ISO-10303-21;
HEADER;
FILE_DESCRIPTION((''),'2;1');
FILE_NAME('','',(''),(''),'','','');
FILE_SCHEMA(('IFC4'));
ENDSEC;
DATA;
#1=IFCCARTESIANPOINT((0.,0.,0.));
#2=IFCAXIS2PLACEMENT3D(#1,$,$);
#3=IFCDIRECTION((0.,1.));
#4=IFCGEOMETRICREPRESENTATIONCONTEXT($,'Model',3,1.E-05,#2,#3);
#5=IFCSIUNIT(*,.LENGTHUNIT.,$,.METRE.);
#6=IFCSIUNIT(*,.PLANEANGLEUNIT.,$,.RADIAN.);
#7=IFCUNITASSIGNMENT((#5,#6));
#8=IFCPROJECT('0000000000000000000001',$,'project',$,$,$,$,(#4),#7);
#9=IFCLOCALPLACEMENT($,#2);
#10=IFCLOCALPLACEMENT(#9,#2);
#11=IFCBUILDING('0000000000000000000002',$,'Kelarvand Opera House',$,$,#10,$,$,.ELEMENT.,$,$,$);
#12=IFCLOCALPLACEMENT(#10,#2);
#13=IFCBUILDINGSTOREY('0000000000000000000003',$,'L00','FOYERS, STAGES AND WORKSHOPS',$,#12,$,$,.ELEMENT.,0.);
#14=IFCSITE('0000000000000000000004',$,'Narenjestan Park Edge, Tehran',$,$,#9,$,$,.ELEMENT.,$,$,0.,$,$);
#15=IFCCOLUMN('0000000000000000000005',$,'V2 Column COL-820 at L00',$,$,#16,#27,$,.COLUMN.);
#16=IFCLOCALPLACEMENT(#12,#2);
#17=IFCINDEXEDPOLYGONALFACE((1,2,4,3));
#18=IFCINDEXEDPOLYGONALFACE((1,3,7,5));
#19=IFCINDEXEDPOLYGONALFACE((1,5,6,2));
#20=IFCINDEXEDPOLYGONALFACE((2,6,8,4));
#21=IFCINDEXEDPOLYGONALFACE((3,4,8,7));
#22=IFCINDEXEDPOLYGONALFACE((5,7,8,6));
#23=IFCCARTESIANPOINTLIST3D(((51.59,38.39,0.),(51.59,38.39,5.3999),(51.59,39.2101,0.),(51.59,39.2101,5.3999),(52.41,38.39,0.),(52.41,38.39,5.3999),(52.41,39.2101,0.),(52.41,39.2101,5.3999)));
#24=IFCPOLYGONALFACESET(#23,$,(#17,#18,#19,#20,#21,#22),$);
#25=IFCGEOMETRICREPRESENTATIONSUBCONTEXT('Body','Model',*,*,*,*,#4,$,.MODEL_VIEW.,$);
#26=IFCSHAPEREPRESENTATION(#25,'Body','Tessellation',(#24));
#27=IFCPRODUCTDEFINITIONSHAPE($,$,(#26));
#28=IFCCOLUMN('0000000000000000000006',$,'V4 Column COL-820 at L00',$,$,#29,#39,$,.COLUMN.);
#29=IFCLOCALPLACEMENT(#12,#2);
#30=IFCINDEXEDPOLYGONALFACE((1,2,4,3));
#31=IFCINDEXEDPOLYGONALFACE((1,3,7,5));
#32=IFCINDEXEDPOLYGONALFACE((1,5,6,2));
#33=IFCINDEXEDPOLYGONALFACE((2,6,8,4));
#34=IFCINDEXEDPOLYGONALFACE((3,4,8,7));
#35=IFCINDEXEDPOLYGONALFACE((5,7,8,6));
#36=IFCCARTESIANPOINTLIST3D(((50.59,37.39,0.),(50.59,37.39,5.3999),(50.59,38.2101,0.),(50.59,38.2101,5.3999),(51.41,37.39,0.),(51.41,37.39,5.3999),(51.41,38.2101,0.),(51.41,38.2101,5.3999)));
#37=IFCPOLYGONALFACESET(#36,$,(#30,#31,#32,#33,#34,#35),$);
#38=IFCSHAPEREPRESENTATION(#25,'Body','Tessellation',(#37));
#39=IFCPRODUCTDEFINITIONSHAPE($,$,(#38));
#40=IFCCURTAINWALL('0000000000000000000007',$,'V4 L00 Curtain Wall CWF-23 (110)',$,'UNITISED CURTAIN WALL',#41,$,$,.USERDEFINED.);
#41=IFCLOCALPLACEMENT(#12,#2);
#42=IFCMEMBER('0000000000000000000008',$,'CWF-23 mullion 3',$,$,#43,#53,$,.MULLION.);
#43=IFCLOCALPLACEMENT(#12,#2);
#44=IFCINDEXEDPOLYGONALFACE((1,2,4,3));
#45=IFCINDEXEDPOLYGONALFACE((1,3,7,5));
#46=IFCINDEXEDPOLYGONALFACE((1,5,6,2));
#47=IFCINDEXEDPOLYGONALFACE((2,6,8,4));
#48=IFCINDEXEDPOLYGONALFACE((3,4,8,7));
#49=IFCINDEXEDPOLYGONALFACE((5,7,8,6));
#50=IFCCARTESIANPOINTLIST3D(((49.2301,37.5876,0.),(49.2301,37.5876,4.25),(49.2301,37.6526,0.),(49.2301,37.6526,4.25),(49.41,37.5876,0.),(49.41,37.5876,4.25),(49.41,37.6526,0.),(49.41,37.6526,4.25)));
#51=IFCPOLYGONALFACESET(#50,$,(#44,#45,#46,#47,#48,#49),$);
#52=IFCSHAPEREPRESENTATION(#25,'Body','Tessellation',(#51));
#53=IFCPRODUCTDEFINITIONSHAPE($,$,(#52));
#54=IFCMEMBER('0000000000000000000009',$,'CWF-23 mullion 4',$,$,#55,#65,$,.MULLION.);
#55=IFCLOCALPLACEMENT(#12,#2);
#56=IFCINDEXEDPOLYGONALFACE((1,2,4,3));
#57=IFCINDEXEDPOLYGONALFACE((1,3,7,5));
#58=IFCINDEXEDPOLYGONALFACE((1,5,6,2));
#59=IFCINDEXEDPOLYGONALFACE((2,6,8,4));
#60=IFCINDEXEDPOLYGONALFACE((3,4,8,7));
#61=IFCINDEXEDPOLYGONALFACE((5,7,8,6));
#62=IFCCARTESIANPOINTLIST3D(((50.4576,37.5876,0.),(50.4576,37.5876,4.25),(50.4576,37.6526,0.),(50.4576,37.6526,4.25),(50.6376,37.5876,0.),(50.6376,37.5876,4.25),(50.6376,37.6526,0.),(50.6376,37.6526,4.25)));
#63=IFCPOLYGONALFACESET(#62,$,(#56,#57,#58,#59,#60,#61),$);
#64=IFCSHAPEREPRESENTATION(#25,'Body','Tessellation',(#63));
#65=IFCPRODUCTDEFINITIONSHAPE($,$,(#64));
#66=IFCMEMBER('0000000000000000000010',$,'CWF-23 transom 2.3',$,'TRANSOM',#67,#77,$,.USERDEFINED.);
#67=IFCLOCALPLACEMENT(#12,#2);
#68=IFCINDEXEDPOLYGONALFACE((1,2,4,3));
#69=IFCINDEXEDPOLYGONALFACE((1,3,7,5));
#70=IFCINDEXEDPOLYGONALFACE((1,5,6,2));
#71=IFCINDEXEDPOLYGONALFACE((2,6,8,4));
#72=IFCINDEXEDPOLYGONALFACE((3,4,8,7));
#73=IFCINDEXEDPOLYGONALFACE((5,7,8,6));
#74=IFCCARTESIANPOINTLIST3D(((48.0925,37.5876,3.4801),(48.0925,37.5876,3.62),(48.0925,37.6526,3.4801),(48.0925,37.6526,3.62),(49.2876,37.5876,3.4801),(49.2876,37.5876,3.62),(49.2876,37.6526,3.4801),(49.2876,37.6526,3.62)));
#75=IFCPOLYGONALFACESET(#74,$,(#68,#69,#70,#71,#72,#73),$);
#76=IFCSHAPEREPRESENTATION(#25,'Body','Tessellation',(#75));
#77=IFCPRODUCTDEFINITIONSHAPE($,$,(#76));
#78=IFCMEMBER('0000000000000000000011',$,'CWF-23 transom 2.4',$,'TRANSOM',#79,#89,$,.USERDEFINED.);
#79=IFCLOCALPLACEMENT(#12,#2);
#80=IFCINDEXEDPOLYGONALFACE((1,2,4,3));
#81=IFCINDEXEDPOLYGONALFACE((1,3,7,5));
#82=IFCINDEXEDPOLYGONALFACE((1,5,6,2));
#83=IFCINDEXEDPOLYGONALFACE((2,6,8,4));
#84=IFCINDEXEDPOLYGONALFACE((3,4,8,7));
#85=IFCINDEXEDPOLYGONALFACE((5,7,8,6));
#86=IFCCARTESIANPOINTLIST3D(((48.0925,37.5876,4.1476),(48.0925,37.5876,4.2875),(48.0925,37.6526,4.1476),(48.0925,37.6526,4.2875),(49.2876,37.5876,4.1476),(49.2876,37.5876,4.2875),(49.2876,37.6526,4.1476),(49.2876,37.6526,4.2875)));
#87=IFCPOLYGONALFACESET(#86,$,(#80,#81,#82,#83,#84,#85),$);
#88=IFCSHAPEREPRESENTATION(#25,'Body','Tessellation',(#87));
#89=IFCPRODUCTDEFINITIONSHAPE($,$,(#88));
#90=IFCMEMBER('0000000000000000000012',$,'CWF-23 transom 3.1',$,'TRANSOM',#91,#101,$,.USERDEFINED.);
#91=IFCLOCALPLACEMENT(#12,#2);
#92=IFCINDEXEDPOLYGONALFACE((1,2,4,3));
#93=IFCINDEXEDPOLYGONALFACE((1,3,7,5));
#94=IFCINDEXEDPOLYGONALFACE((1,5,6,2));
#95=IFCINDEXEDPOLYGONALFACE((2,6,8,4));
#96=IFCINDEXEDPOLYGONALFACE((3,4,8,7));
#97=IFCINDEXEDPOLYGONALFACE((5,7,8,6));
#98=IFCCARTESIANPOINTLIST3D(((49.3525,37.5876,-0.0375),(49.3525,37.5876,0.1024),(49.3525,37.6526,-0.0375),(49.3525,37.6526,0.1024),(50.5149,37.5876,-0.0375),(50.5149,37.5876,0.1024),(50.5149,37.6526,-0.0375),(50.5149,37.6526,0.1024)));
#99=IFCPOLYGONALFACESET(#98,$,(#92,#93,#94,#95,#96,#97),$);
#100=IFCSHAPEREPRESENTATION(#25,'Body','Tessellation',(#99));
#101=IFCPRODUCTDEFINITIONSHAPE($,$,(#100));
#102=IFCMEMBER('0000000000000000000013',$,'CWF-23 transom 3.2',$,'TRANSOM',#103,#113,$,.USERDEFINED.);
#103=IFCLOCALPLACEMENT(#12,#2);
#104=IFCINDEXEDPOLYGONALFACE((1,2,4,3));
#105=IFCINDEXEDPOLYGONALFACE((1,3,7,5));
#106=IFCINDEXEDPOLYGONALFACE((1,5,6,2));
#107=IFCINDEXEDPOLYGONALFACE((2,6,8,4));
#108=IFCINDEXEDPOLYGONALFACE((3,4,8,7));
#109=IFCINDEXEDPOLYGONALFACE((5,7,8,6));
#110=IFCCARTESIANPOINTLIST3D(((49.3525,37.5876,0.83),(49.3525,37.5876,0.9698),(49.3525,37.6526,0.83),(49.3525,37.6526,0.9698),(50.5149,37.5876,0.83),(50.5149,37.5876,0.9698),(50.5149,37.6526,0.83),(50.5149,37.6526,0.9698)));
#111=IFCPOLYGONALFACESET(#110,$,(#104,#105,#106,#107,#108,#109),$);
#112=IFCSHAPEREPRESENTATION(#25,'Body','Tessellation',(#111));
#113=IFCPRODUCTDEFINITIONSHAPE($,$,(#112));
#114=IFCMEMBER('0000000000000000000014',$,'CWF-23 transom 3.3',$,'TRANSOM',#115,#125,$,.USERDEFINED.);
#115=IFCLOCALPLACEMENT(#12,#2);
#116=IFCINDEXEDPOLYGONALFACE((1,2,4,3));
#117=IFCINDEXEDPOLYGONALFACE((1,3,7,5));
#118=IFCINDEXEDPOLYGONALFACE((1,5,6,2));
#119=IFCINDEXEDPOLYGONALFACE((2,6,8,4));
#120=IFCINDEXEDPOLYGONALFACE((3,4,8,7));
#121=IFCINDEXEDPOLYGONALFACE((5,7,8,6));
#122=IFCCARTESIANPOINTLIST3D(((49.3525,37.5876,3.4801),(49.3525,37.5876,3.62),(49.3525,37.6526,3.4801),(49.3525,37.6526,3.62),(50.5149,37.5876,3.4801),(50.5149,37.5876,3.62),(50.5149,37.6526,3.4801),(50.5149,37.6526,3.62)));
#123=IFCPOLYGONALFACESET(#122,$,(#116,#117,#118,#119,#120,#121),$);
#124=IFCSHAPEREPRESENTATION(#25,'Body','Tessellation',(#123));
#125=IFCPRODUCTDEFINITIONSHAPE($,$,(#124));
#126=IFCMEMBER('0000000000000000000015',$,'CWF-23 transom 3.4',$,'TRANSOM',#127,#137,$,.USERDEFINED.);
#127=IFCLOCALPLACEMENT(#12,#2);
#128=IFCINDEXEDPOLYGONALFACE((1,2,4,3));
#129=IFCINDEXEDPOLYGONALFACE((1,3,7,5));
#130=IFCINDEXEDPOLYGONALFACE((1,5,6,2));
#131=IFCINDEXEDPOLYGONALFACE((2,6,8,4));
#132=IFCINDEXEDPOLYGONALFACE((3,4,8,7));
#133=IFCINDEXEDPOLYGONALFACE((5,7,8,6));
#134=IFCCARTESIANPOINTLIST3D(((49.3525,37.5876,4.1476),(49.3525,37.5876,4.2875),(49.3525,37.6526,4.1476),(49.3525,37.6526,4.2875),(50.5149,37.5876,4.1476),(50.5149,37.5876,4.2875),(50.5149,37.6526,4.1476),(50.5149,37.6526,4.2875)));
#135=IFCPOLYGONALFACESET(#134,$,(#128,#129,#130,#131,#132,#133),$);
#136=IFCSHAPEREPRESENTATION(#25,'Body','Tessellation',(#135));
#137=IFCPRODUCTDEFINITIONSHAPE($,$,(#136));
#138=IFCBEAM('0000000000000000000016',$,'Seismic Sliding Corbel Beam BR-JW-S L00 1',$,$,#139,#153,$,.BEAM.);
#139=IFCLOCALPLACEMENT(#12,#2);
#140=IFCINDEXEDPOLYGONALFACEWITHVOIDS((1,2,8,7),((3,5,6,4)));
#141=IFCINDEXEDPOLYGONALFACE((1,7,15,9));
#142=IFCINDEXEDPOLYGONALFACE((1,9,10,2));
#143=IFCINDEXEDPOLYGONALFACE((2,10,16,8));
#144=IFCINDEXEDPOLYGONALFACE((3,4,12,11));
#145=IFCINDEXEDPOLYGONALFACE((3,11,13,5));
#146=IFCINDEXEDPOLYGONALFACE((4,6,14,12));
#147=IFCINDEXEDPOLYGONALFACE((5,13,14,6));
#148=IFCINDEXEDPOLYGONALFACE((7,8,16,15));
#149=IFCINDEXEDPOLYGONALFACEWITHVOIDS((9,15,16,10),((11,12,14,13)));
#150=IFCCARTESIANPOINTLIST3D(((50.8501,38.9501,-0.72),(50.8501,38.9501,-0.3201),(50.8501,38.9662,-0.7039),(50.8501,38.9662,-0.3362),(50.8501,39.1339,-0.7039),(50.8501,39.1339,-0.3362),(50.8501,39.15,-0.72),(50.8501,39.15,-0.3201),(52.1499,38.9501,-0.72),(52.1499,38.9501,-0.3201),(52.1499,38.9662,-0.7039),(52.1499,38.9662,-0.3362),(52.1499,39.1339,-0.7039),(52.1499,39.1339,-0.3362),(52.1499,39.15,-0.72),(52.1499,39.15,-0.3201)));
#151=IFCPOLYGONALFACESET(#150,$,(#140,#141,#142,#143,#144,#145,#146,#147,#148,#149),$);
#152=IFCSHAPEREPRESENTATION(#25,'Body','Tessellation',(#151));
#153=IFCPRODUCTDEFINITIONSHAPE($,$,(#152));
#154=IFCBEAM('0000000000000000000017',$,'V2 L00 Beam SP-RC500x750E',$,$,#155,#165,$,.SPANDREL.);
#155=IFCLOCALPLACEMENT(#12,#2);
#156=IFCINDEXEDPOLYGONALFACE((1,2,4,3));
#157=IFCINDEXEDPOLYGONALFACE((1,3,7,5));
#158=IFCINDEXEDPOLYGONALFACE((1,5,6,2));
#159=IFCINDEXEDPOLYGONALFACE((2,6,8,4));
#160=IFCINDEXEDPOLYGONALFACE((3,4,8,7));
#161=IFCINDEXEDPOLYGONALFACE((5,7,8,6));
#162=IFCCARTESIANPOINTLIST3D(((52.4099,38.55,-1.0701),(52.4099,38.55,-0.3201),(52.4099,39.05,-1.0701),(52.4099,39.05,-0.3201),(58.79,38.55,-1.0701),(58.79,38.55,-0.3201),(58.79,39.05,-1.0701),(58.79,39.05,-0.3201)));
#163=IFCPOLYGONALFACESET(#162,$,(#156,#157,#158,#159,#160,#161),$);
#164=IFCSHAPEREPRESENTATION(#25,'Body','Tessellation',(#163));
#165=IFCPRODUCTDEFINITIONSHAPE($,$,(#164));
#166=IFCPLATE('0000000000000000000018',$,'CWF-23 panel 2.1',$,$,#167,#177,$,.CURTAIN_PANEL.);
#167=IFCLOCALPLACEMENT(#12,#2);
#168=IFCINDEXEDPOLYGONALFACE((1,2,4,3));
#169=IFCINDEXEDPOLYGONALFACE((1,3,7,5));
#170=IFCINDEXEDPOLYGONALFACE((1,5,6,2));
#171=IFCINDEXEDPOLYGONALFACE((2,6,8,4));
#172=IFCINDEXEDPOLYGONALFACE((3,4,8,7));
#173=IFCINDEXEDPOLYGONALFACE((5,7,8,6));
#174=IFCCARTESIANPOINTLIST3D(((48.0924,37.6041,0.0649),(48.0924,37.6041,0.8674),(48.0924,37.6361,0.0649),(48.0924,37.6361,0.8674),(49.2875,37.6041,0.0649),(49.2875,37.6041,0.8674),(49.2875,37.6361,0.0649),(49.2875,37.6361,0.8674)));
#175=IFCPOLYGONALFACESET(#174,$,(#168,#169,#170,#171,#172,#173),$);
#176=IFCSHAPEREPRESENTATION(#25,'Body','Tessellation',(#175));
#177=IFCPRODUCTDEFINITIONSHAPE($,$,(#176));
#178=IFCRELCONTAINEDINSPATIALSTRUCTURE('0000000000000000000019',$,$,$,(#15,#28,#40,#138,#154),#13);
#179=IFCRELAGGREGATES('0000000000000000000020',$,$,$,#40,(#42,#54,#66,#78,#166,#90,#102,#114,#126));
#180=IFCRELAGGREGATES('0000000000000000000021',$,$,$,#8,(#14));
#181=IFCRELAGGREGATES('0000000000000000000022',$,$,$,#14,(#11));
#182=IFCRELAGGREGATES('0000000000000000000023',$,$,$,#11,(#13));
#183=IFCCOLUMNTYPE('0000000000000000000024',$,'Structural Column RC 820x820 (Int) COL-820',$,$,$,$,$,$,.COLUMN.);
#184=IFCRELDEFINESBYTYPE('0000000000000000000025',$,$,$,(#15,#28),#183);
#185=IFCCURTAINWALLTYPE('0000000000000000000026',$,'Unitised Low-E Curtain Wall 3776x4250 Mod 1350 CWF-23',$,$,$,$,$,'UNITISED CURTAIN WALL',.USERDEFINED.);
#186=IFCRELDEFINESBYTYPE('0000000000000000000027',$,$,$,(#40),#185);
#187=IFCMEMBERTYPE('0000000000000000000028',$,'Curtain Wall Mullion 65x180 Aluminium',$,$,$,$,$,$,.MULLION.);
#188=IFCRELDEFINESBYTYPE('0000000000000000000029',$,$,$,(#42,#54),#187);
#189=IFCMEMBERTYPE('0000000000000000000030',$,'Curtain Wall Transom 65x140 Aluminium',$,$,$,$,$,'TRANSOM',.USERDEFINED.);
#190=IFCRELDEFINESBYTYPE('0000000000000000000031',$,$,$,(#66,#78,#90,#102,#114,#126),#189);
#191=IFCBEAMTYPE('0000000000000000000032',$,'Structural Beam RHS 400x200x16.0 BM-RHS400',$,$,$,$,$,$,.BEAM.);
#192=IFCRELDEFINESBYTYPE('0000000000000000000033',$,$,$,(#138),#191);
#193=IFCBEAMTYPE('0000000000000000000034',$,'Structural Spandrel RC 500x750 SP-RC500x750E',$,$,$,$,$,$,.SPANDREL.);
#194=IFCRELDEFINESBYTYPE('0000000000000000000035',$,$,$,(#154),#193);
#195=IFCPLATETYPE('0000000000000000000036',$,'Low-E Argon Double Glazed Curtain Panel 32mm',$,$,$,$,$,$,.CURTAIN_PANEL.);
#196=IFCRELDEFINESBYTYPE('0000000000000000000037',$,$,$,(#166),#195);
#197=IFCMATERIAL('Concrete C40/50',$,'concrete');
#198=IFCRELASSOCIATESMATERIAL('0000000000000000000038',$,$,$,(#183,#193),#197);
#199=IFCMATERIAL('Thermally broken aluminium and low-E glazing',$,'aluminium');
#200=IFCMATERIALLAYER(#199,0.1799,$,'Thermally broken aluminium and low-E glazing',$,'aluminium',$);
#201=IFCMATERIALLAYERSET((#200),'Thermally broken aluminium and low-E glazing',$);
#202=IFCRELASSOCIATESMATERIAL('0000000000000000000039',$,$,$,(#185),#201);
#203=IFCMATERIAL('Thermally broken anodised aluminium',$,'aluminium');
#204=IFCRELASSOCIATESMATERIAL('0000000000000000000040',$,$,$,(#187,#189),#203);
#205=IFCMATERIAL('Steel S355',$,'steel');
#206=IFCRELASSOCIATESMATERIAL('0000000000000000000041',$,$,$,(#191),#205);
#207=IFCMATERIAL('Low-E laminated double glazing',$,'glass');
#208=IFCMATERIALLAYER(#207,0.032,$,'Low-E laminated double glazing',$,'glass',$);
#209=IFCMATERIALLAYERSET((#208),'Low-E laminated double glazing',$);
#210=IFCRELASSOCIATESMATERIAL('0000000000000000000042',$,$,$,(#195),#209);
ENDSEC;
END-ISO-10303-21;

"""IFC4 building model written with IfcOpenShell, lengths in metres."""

from ifc_helpers import new_model, si_unit, direction, frame, origin, origin_2d, place, context, subcontext, project, spatial, rectangle, hollow_rectangle, extrude, material, layer, layer_set, material_profile, profile_set, type_object, element, aggregate, save


model = new_model("IFC4")

# Units and contexts
model_context = context("Model", 3, precision=1e-05, world=origin(), true_north=direction((0.0, 1.0)))
body_context = subcontext(model_context, "Body", "Model", "MODEL_VIEW")
ifc_project = project(units=[si_unit("LENGTHUNIT", "METRE"), si_unit("PLANEANGLEUNIT", "RADIAN")], contexts=[model_context])

# Site, building, storey
site_placement = place(None, origin())
site = spatial("IfcSite", under=ifc_project, at=site_placement, Name="Narenjestan Park Edge, Tehran", CompositionType="ELEMENT", RefElevation=0.0)
building_placement = place(site_placement, origin())
building = spatial("IfcBuilding", under=site, at=building_placement, Name="Kelarvand Opera House", CompositionType="ELEMENT")
storey_placement = place(building_placement, origin())
storey = spatial("IfcBuildingStorey", under=building, at=storey_placement, Name="L00", Description="FOYERS, STAGES AND WORKSHOPS", CompositionType="ELEMENT", Elevation=0.0)

# Columns
ifc_material_1 = material(Name="Concrete C40/50", Category="concrete")
ifc_material_profile_1 = material_profile(ifc_material_1, rectangle(XDim=0.8201, YDim=0.8201, at=origin_2d()), Name="RC 820x820", Category="concrete")
ifc_profile_set_1 = profile_set([ifc_material_profile_1], Name="Concrete C40/50")
column_type = type_object("IfcColumnType", Name="Structural Column RC 820x820 (Int) COL-820", PredefinedType="COLUMN", material=ifc_profile_set_1)
for number, where, z_axis, x_axis, name in (
    (1, (52.0, 38.8, 0.0), (0.0, 0.0, 1.0), (1.0, 0.0, 0.0), "V2 Column COL-820 at L00"),
    (2, (51.0, 37.8, 0.0), (0.0, 0.0, 1.0), (1.0, 0.0, 0.0), "V4 Column COL-820 at L00"),
):
    element("IfcColumn", number, at=place(storey_placement, frame(where, z_axis=z_axis, x_axis=x_axis)), inside=storey, type_object=column_type, Name=name, PredefinedType="COLUMN", context=body_context, shape_type="SweptSolid", body=[
        extrude(rectangle(XDim=0.8201, YDim=0.8201, at=origin_2d()), origin(), (0.0, 0.0, 1.0), 5.3999),
    ])

# Curtain wall, members
ifc_material_2 = material(Name="Thermally broken aluminium and low-E glazing", Category="aluminium")
ifc_layer_1 = layer(ifc_material_2, 0.1799, Name="Thermally broken aluminium and low-E glazing", Category="aluminium")
ifc_layer_set_1 = layer_set([ifc_layer_1], Name="Thermally broken aluminium and low-E glazing")
curtain_wall_type = type_object("IfcCurtainWallType", Name="Unitised Low-E Curtain Wall 3776x4250 Mod 1350 CWF-23", ElementType="UNITISED CURTAIN WALL", PredefinedType="USERDEFINED", material=ifc_layer_set_1)
curtain_wall_placement = place(storey_placement, origin())
curtain_wall = element("IfcCurtainWall", 3, at=curtain_wall_placement, inside=storey, type_object=curtain_wall_type, Name="V4 L00 Curtain Wall CWF-23 (110)", ObjectType="UNITISED CURTAIN WALL", PredefinedType="USERDEFINED")
ifc_material_3 = material(Name="Thermally broken anodised aluminium", Category="aluminium")
ifc_material_profile_2 = material_profile(ifc_material_3, rectangle(XDim=0.0649, YDim=0.1799, at=origin_2d()), Name="ALU MULLION 65x180", Category="aluminium")
ifc_profile_set_2 = profile_set([ifc_material_profile_2], Name="Thermally broken anodised aluminium")
member_type_1 = type_object("IfcMemberType", Name="Curtain Wall Mullion 65x180 Aluminium", PredefinedType="MULLION", material=ifc_profile_set_2)
member_1_placement = place(storey_placement, frame((49.3201, 37.6201, 0.0), z_axis=(0.0, 0.0, 1.0), x_axis=(0.0, 1.0, 0.0)))
member_1 = element("IfcMember", 4, at=member_1_placement, type_object=member_type_1, Name="CWF-23 mullion 3", PredefinedType="MULLION", context=body_context, shape_type="SweptSolid", body=[
    extrude(rectangle(XDim=0.0649, YDim=0.1799, at=origin_2d()), origin(), (0.0, 0.0, 1.0), 4.25),
])
member_2_placement = place(storey_placement, frame((50.5476, 37.6201, 0.0), z_axis=(0.0, 0.0, 1.0), x_axis=(0.0, 1.0, 0.0)))
member_2 = element("IfcMember", 5, at=member_2_placement, type_object=member_type_1, Name="CWF-23 mullion 4", PredefinedType="MULLION", context=body_context, shape_type="SweptSolid", body=[
    extrude(rectangle(XDim=0.0649, YDim=0.1799, at=origin_2d()), origin(), (0.0, 0.0, 1.0), 4.25),
])
ifc_material_profile_3 = material_profile(ifc_material_3, rectangle(XDim=0.0649, YDim=0.1399, at=origin_2d()), Name="ALU TRANSOM 65x140", Category="aluminium")
ifc_profile_set_3 = profile_set([ifc_material_profile_3], Name="Thermally broken anodised aluminium")
member_type_2 = type_object("IfcMemberType", Name="Curtain Wall Transom 65x140 Aluminium", ElementType="TRANSOM", PredefinedType="USERDEFINED", material=ifc_profile_set_3)
member_3_placement = place(storey_placement, frame((48.0925, 37.6201, 3.55), z_axis=(1.0, 0.0, 0.0), x_axis=(0.0, 1.0, 0.0)))
member_3 = element("IfcMember", 6, at=member_3_placement, type_object=member_type_2, Name="CWF-23 transom 2.3", ObjectType="TRANSOM", PredefinedType="USERDEFINED", context=body_context, shape_type="SweptSolid", body=[
    extrude(rectangle(XDim=0.0649, YDim=0.1399, at=origin_2d()), origin(), (0.0, 0.0, 1.0), 1.1951),
])
member_4_placement = place(storey_placement, frame((48.0925, 37.6201, 4.2175), z_axis=(1.0, 0.0, 0.0), x_axis=(0.0, 1.0, 0.0)))
member_4 = element("IfcMember", 7, at=member_4_placement, type_object=member_type_2, Name="CWF-23 transom 2.4", ObjectType="TRANSOM", PredefinedType="USERDEFINED", context=body_context, shape_type="SweptSolid", body=[
    extrude(rectangle(XDim=0.0649, YDim=0.1399, at=origin_2d()), origin(), (0.0, 0.0, 1.0), 1.1951),
])
member_5_placement = place(storey_placement, frame((49.3525, 37.6201, 0.0325), z_axis=(1.0, 0.0, 0.0), x_axis=(0.0, 1.0, 0.0)))
member_5 = element("IfcMember", 8, at=member_5_placement, type_object=member_type_2, Name="CWF-23 transom 3.1", ObjectType="TRANSOM", PredefinedType="USERDEFINED", context=body_context, shape_type="SweptSolid", body=[
    extrude(rectangle(XDim=0.0649, YDim=0.1399, at=origin_2d()), origin(), (0.0, 0.0, 1.0), 1.1624),
])
member_6_placement = place(storey_placement, frame((49.3525, 37.6201, 0.8999), z_axis=(1.0, 0.0, 0.0), x_axis=(0.0, 1.0, 0.0)))
member_6 = element("IfcMember", 9, at=member_6_placement, type_object=member_type_2, Name="CWF-23 transom 3.2", ObjectType="TRANSOM", PredefinedType="USERDEFINED", context=body_context, shape_type="SweptSolid", body=[
    extrude(rectangle(XDim=0.0649, YDim=0.1399, at=origin_2d()), origin(), (0.0, 0.0, 1.0), 1.1624),
])
member_7_placement = place(storey_placement, frame((49.3525, 37.6201, 3.55), z_axis=(1.0, 0.0, 0.0), x_axis=(0.0, 1.0, 0.0)))
member_7 = element("IfcMember", 10, at=member_7_placement, type_object=member_type_2, Name="CWF-23 transom 3.3", ObjectType="TRANSOM", PredefinedType="USERDEFINED", context=body_context, shape_type="SweptSolid", body=[
    extrude(rectangle(XDim=0.0649, YDim=0.1399, at=origin_2d()), origin(), (0.0, 0.0, 1.0), 1.1624),
])
member_8_placement = place(storey_placement, frame((49.3525, 37.6201, 4.2175), z_axis=(1.0, 0.0, 0.0), x_axis=(0.0, 1.0, 0.0)))
member_8 = element("IfcMember", 11, at=member_8_placement, type_object=member_type_2, Name="CWF-23 transom 3.4", ObjectType="TRANSOM", PredefinedType="USERDEFINED", context=body_context, shape_type="SweptSolid", body=[
    extrude(rectangle(XDim=0.0649, YDim=0.1399, at=origin_2d()), origin(), (0.0, 0.0, 1.0), 1.1624),
])

# Beams
ifc_material_4 = material(Name="Steel S355", Category="steel")
ifc_material_profile_4 = material_profile(ifc_material_4, hollow_rectangle(XDim=0.2, YDim=0.3999, WallThickness=0.0161, at=origin_2d()), Name="RHS 400x200x16.0", Category="steel")
ifc_profile_set_4 = profile_set([ifc_material_profile_4], Name="Steel S355")
beam_type_1 = type_object("IfcBeamType", Name="Structural Beam RHS 400x200x16.0 BM-RHS400", PredefinedType="BEAM", material=ifc_profile_set_4)
beam_1_placement = place(storey_placement, frame((50.8501, 39.05, -0.52), z_axis=(1.0, 0.0, 0.0), x_axis=(0.0, 1.0, 0.0)))
element("IfcBeam", 12, at=beam_1_placement, inside=storey, type_object=beam_type_1, Name="Seismic Sliding Corbel Beam BR-JW-S L00 1", PredefinedType="BEAM", context=body_context, shape_type="SweptSolid", body=[
    extrude(hollow_rectangle(XDim=0.2, YDim=0.3999, WallThickness=0.0161, at=origin_2d()), origin(), (0.0, 0.0, 1.0), 1.2998),
])
ifc_material_profile_5 = material_profile(ifc_material_1, rectangle(XDim=0.5, YDim=0.75, at=origin_2d()), Name="RC 500x750", Category="concrete")
ifc_profile_set_5 = profile_set([ifc_material_profile_5], Name="Concrete C40/50")
beam_type_2 = type_object("IfcBeamType", Name="Structural Spandrel RC 500x750 SP-RC500x750E", PredefinedType="SPANDREL", material=ifc_profile_set_5)
beam_2_placement = place(storey_placement, frame((52.4099, 38.8, -0.6951), z_axis=(1.0, 0.0, 0.0), x_axis=(0.0, 1.0, 0.0)))
element("IfcBeam", 13, at=beam_2_placement, inside=storey, type_object=beam_type_2, Name="V2 L00 Beam SP-RC500x750E", PredefinedType="SPANDREL", context=body_context, shape_type="SweptSolid", body=[
    extrude(rectangle(XDim=0.5, YDim=0.75, at=origin_2d()), origin(), (0.0, 0.0, 1.0), 6.3801),
])

# Plate
ifc_material_5 = material(Name="Low-E laminated double glazing", Category="glass")
ifc_layer_2 = layer(ifc_material_5, 0.032, Name="Low-E laminated double glazing", Category="glass")
ifc_layer_set_2 = layer_set([ifc_layer_2], Name="Low-E laminated double glazing")
plate_type = type_object("IfcPlateType", Name="Low-E Argon Double Glazed Curtain Panel 32mm", PredefinedType="CURTAIN_PANEL", material=ifc_layer_set_2)
plate_1_placement = place(storey_placement, frame((48.6899, 37.6201, 0.0649), z_axis=(0.0, 0.0, 1.0), x_axis=(1.0, 0.0, 0.0)))
plate_1 = element("IfcPlate", 14, at=plate_1_placement, type_object=plate_type, Name="CWF-23 panel 2.1", PredefinedType="CURTAIN_PANEL", context=body_context, shape_type="SweptSolid", body=[
    extrude(rectangle(XDim=1.1951, YDim=0.032, at=origin_2d()), origin(), (0.0, 0.0, 1.0), 0.8025),
])
aggregate(curtain_wall, [member_1, member_2, member_3, member_4, plate_1, member_5, member_6, member_7, member_8])

save(model, "model.ifc")
